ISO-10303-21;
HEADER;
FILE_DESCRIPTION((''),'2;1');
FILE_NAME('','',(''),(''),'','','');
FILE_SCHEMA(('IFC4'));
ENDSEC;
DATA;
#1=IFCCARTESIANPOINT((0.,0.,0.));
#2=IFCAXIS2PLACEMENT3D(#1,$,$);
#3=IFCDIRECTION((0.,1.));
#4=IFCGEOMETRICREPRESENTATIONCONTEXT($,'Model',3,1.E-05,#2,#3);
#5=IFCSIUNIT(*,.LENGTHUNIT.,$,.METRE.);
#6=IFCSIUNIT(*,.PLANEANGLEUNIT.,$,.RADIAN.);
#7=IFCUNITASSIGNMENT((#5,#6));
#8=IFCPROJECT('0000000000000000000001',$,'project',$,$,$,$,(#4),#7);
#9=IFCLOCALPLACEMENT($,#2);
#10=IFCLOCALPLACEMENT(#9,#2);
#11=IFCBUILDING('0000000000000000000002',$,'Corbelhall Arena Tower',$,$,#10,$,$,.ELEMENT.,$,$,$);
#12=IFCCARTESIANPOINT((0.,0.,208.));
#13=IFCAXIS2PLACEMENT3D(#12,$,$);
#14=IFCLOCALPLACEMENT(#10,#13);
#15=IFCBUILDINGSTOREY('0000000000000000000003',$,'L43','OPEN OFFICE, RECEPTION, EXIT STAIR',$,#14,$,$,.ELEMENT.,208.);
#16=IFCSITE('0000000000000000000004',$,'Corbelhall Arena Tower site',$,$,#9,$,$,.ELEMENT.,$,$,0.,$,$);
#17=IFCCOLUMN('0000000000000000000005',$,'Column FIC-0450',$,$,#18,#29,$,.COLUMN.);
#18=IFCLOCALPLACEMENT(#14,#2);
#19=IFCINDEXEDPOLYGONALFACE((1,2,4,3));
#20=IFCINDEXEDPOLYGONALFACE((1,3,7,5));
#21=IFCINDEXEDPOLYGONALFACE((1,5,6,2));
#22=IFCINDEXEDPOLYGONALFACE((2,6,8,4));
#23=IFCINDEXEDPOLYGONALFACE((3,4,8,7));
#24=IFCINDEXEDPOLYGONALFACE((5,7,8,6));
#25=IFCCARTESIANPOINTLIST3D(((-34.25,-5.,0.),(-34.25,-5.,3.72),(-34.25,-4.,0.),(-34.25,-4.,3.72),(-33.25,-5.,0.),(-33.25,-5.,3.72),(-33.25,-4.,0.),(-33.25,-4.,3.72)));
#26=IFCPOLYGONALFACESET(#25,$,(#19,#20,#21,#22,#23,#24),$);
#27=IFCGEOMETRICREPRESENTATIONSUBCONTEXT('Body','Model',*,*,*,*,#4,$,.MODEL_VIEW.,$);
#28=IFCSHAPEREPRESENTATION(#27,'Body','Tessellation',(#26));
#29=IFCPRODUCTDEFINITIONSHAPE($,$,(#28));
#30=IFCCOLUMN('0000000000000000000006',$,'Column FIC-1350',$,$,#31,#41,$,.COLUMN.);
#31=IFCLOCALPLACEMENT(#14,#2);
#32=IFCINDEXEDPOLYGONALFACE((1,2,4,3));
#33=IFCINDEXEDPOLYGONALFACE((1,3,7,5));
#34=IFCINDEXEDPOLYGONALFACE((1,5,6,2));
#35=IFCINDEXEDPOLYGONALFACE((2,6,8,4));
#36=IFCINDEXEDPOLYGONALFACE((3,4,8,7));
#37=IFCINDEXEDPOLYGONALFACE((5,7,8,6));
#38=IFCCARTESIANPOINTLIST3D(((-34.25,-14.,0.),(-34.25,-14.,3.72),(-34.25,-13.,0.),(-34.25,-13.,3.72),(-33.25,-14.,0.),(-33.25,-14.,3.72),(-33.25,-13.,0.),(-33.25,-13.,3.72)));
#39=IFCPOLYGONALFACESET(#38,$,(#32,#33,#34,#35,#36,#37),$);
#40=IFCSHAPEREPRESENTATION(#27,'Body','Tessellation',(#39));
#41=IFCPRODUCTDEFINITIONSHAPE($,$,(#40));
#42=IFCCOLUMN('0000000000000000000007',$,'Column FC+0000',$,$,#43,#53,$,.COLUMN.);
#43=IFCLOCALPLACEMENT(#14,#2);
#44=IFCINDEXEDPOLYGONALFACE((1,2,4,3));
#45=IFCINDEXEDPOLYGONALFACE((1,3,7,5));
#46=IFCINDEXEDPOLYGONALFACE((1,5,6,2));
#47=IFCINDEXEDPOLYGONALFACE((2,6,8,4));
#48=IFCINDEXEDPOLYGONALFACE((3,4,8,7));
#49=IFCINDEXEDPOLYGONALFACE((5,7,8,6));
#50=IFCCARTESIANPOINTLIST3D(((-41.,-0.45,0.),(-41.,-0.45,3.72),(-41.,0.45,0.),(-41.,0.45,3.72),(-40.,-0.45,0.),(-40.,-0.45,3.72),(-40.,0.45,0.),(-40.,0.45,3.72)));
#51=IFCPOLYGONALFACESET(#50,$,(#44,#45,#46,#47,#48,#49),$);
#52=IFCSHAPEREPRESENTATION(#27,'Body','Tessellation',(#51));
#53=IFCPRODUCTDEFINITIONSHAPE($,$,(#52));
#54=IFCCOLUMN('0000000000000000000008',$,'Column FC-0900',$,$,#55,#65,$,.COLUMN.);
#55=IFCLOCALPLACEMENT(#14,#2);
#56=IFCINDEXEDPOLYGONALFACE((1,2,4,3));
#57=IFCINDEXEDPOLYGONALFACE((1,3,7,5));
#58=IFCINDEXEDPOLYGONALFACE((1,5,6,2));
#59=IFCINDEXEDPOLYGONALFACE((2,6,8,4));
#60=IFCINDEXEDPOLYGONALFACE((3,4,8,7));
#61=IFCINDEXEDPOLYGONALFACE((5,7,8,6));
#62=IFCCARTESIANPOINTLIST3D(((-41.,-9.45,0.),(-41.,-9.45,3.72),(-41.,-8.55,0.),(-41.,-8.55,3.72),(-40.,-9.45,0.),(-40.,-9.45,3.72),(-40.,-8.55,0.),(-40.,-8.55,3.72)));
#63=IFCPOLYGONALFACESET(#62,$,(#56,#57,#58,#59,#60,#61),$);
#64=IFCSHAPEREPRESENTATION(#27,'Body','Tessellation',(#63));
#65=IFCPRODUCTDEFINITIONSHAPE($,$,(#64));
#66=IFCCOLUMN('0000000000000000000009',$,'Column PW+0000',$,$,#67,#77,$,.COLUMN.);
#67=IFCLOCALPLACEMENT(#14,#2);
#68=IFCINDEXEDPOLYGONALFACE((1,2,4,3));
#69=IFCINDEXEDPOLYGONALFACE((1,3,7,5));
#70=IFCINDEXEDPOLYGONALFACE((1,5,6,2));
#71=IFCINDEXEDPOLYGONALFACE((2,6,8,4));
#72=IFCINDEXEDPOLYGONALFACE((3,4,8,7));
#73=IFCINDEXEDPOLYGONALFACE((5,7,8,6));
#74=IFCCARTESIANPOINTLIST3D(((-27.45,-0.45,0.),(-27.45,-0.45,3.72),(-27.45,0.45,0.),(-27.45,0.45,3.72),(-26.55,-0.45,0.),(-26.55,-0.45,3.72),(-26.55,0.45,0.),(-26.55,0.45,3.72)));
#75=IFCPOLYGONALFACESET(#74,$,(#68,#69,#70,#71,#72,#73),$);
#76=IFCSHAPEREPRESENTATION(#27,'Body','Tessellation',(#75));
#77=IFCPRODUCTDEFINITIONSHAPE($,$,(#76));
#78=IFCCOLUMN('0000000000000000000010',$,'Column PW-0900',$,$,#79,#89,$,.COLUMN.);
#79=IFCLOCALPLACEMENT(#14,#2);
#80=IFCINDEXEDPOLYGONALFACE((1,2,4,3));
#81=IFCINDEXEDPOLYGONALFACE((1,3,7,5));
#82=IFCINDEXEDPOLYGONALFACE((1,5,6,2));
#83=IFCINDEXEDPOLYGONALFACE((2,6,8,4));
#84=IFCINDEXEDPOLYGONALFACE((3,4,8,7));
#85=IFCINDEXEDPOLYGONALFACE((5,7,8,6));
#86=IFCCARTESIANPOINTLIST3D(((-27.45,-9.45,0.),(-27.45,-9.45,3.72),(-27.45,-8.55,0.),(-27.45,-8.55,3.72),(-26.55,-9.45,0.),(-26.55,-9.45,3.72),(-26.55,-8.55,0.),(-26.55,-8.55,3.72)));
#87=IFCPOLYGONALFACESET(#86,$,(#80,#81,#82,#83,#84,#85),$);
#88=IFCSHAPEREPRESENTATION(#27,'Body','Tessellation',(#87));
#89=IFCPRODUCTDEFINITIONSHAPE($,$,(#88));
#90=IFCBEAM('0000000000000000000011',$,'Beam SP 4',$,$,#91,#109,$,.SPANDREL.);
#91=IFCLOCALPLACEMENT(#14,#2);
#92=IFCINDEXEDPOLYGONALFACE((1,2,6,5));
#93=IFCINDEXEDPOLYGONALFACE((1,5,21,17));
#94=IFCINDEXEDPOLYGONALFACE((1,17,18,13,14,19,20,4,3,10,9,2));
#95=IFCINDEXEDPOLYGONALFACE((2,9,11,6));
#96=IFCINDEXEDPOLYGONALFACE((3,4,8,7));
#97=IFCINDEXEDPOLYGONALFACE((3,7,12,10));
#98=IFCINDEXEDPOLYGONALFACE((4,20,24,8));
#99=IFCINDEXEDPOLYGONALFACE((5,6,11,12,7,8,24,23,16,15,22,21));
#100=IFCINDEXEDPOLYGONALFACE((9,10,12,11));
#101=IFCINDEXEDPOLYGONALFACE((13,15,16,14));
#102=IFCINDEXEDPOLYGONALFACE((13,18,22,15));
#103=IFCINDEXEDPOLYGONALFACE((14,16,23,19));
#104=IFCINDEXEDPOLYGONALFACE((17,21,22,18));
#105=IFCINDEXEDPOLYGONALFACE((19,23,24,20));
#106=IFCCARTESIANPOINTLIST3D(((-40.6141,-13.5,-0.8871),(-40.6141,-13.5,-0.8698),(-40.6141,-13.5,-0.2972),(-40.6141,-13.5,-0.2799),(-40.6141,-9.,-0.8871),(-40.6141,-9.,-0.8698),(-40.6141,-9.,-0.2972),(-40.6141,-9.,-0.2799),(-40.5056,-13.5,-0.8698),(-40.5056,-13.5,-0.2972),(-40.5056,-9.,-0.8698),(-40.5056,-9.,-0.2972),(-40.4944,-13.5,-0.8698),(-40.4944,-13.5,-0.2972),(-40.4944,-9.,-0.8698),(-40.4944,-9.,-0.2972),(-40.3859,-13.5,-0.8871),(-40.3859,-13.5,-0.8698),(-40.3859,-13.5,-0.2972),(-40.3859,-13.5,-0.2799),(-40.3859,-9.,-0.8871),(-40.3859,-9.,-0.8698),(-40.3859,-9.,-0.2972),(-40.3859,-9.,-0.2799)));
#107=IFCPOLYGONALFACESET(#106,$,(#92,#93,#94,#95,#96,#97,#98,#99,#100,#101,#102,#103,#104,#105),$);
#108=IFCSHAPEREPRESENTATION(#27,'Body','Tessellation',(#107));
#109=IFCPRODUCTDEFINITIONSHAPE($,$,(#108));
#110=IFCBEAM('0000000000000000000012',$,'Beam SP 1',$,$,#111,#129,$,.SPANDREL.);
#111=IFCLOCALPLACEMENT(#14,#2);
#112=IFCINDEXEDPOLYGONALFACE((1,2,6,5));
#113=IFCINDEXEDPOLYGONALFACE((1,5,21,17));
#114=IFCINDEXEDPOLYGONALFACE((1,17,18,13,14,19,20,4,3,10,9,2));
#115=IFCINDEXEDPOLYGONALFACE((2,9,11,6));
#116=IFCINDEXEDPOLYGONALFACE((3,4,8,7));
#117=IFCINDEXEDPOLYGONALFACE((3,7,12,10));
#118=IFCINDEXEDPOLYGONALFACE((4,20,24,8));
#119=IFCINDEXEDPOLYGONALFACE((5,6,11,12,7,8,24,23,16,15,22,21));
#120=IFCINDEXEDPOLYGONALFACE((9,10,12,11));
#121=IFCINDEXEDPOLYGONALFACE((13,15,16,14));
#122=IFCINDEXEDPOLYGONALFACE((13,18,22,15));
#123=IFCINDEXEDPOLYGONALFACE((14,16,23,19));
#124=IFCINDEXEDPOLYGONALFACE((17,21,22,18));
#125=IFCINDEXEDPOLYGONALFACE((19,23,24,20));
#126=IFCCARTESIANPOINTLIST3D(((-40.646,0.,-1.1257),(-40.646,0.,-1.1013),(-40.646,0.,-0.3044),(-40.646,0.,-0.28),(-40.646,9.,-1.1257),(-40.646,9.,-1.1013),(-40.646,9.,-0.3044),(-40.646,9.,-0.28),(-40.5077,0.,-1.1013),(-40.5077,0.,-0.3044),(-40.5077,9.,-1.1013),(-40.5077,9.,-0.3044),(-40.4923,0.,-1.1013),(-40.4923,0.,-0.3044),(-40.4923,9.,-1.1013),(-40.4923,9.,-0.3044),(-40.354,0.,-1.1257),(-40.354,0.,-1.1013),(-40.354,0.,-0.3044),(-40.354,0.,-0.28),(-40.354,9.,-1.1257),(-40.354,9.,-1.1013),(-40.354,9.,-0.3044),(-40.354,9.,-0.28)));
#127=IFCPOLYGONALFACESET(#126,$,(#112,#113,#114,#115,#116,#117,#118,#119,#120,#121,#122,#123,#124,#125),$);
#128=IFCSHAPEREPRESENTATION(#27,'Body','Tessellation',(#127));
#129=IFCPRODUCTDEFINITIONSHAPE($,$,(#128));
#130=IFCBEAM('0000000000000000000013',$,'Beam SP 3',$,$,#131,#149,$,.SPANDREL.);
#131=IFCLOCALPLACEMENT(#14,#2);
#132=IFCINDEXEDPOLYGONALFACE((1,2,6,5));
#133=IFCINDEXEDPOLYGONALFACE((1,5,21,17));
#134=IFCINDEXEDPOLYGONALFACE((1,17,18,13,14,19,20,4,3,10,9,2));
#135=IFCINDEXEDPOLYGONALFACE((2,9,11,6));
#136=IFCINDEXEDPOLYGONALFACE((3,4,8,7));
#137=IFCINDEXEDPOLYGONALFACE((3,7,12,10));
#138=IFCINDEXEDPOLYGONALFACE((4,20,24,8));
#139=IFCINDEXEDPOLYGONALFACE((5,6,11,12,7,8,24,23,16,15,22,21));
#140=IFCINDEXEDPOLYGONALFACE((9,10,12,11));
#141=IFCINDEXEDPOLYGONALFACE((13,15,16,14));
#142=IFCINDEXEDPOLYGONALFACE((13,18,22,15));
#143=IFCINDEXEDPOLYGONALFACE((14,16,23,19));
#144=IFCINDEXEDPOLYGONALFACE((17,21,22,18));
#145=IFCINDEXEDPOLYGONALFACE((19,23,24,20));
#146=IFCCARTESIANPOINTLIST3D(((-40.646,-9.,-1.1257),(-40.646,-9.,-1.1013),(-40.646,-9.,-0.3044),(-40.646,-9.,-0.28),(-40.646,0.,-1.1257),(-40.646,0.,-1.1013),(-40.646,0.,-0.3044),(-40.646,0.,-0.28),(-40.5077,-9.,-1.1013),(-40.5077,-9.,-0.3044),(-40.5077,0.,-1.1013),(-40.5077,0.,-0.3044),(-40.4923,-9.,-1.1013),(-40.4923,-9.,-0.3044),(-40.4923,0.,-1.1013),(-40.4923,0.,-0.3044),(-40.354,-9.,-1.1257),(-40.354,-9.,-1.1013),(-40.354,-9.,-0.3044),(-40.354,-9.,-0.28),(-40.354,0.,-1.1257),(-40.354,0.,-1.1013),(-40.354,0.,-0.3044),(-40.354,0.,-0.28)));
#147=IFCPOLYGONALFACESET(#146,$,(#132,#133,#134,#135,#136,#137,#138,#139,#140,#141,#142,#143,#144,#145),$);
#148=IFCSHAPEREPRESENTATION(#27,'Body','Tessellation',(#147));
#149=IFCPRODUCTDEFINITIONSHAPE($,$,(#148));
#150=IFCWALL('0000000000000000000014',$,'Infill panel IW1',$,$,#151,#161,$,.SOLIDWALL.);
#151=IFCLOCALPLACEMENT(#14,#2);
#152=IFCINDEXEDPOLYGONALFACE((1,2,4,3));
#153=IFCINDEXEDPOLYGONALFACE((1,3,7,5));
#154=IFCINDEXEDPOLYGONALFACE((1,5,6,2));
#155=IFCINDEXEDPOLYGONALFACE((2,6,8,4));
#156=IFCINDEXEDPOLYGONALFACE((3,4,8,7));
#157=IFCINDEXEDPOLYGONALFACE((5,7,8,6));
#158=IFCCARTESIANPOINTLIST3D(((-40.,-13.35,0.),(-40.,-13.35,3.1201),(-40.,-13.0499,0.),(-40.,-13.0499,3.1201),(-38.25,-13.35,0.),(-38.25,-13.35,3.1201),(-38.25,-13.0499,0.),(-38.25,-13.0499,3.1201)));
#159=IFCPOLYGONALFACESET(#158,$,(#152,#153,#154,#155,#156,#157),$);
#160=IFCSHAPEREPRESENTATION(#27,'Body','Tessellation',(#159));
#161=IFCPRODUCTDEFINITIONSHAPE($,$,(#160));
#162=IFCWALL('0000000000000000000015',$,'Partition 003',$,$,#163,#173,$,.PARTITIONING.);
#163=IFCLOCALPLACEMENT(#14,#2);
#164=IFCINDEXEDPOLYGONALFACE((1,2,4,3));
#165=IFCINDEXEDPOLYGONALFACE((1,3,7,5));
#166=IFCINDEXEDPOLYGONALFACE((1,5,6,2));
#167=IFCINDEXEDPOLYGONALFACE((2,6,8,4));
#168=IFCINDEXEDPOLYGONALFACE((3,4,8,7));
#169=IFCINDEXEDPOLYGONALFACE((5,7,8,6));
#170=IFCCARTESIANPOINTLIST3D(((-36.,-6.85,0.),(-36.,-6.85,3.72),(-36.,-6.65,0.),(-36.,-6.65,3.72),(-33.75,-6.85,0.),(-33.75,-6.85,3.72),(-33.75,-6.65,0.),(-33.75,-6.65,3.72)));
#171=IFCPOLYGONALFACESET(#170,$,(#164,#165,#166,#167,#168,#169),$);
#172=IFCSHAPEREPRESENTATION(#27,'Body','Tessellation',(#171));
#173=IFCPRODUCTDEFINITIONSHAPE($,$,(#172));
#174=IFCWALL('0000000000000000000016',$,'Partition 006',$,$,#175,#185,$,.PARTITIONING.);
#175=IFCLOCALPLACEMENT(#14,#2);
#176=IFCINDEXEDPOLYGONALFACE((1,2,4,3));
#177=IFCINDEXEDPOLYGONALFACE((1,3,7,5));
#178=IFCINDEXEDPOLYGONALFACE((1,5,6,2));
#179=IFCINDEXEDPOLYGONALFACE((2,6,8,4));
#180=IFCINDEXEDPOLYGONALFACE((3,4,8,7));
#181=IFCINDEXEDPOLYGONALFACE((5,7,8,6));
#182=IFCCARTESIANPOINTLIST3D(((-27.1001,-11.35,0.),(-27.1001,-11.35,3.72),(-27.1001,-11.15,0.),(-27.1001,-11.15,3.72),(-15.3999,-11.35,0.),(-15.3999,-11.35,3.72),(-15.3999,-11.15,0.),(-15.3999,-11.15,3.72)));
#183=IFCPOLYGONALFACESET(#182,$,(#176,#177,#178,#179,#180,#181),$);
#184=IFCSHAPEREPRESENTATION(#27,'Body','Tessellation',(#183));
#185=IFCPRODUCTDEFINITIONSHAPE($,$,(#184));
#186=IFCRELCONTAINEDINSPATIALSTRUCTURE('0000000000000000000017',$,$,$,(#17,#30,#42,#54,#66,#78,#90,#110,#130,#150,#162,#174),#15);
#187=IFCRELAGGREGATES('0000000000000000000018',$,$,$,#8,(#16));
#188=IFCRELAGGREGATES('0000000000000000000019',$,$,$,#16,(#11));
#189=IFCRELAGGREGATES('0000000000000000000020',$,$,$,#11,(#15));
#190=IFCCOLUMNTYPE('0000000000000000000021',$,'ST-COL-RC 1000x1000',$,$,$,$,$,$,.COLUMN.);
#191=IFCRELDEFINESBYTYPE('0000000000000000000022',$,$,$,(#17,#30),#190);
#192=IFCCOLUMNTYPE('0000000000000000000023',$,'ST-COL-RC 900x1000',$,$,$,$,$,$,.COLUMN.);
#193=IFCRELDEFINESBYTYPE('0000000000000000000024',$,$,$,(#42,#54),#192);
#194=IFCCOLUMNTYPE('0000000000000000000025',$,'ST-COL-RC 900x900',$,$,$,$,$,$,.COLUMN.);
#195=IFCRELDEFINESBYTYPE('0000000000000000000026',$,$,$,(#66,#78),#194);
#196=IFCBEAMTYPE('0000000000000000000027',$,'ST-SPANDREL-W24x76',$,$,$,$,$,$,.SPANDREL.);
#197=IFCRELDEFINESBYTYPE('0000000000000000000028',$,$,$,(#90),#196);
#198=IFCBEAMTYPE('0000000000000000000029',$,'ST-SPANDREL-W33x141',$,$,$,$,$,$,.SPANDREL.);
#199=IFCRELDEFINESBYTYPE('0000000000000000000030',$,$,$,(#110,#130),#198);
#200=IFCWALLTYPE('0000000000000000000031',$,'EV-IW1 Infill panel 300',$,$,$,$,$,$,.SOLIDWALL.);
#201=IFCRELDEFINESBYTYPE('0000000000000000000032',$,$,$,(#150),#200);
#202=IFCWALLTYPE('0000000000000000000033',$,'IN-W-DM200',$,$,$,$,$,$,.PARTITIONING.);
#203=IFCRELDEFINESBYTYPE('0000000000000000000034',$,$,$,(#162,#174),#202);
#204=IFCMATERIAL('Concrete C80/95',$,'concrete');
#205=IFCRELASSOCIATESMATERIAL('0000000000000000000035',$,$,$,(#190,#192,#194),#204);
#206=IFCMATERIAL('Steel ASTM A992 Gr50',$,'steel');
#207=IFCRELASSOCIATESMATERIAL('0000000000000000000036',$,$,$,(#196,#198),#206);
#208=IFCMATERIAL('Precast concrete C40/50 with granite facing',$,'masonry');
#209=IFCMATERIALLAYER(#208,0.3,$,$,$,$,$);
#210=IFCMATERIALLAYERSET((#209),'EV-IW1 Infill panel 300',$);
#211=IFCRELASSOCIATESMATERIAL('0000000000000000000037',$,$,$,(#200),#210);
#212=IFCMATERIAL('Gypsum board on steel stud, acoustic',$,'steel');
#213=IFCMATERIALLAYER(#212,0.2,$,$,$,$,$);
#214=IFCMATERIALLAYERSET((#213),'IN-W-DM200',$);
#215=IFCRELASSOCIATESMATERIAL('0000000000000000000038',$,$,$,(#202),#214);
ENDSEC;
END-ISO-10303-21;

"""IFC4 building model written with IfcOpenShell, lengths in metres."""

from ifc_helpers import new_model, si_unit, direction, frame, frame_2d, origin, origin_2d, place, context, subcontext, project, spatial, rectangle, i_section, extrude, material, layer, layer_set, material_profile, profile_set, type_object, element, save


model = new_model("IFC4")

# Units and contexts
model_context = context("Model", 3, precision=1e-05, world=origin(), true_north=direction((0.0, 1.0)))
body_context = subcontext(model_context, "Body", "Model", "MODEL_VIEW")
ifc_project = project(units=[si_unit("LENGTHUNIT", "METRE"), si_unit("PLANEANGLEUNIT", "RADIAN")], contexts=[model_context])

# Site, building, storey
site_placement = place(None, origin())
site = spatial("IfcSite", under=ifc_project, at=site_placement, Name="Corbelhall Arena Tower site", CompositionType="ELEMENT", RefElevation=0.0)
building_placement = place(site_placement, origin())
building = spatial("IfcBuilding", under=site, at=building_placement, Name="Corbelhall Arena Tower", CompositionType="ELEMENT")
storey_placement = place(building_placement, frame((0.0, 0.0, 208.0)))
storey = spatial("IfcBuildingStorey", under=building, at=storey_placement, Name="L43", Description="OPEN OFFICE, RECEPTION, EXIT STAIR", CompositionType="ELEMENT", Elevation=208.0)

# Columns
ifc_material_1 = material(Name="Concrete C80/95", Category="concrete")
ifc_material_profile_1 = material_profile(ifc_material_1, rectangle(XDim=1.0, YDim=1.0, at=origin_2d()))
ifc_profile_set_1 = profile_set([ifc_material_profile_1], Name="Concrete C80/95")
column_type_1 = type_object("IfcColumnType", Name="ST-COL-RC 1000x1000", PredefinedType="COLUMN", material=ifc_profile_set_1)
for number, where, z_axis, x_axis, name in (
    (1, (-33.75, -4.5, 0.0), (0.0, 0.0, 1.0), (1.0, 0.0, 0.0), "Column FIC-0450"),
    (2, (-33.75, -13.5, 0.0), (0.0, 0.0, 1.0), (1.0, 0.0, 0.0), "Column FIC-1350"),
):
    element("IfcColumn", number, at=place(storey_placement, frame(where, z_axis=z_axis, x_axis=x_axis)), inside=storey, type_object=column_type_1, Name=name, PredefinedType="COLUMN", context=body_context, shape_type="SweptSolid", body=[
        extrude(rectangle(XDim=1.0, YDim=1.0, at=origin_2d()), origin(), (0.0, 0.0, 1.0), 3.72),
    ])
ifc_material_profile_2 = material_profile(ifc_material_1, rectangle(XDim=0.8999, YDim=1.0, at=origin_2d()))
ifc_profile_set_2 = profile_set([ifc_material_profile_2], Name="Concrete C80/95")
column_type_2 = type_object("IfcColumnType", Name="ST-COL-RC 900x1000", PredefinedType="COLUMN", material=ifc_profile_set_2)
for number, where, z_axis, x_axis, name in (
    (3, (-40.5, 0.0, 0.0), (0.0, 0.0, 1.0), (0.0, 1.0, 0.0), "Column FC+0000"),
    (4, (-40.5, -9.0, 0.0), (0.0, 0.0, 1.0), (0.0, 1.0, 0.0), "Column FC-0900"),
):
    element("IfcColumn", number, at=place(storey_placement, frame(where, z_axis=z_axis, x_axis=x_axis)), inside=storey, type_object=column_type_2, Name=name, PredefinedType="COLUMN", context=body_context, shape_type="SweptSolid", body=[
        extrude(rectangle(XDim=0.8999, YDim=1.0, at=origin_2d()), origin(), (0.0, 0.0, 1.0), 3.72),
    ])
ifc_material_profile_3 = material_profile(ifc_material_1, rectangle(XDim=0.8999, YDim=0.8999, at=origin_2d()))
ifc_profile_set_3 = profile_set([ifc_material_profile_3], Name="Concrete C80/95")
column_type_3 = type_object("IfcColumnType", Name="ST-COL-RC 900x900", PredefinedType="COLUMN", material=ifc_profile_set_3)
for number, where, z_axis, x_axis, name in (
    (5, (-27.0, 0.0, 0.0), (0.0, 0.0, 1.0), (1.0, 0.0, 0.0), "Column PW+0000"),
    (6, (-27.0, -9.0, 0.0), (0.0, 0.0, 1.0), (1.0, 0.0, 0.0), "Column PW-0900"),
):
    element("IfcColumn", number, at=place(storey_placement, frame(where, z_axis=z_axis, x_axis=x_axis)), inside=storey, type_object=column_type_3, Name=name, PredefinedType="COLUMN", context=body_context, shape_type="SweptSolid", body=[
        extrude(rectangle(XDim=0.8999, YDim=0.8999, at=origin_2d()), origin(), (0.0, 0.0, 1.0), 3.72),
    ])

# Beams
ifc_material_2 = material(Name="Steel ASTM A992 Gr50", Category="steel")
ifc_material_profile_4 = material_profile(ifc_material_2, i_section(OverallWidth=0.2283, OverallDepth=0.6072, WebThickness=0.0112, FlangeThickness=0.0173, at=origin_2d()))
ifc_profile_set_4 = profile_set([ifc_material_profile_4], Name="Steel ASTM A992 Gr50")
beam_type_1 = type_object("IfcBeamType", Name="ST-SPANDREL-W24x76", PredefinedType="SPANDREL", material=ifc_profile_set_4)
beam_placement = place(storey_placement, frame((-40.5, -13.5, -0.5835), z_axis=(0.0, 1.0, 0.0), x_axis=(-1.0, 0.0, 0.0)))
element("IfcBeam", 7, at=beam_placement, inside=storey, type_object=beam_type_1, Name="Beam SP 4", PredefinedType="SPANDREL", context=body_context, shape_type="SweptSolid", body=[
    extrude(i_section(OverallWidth=0.2283, OverallDepth=0.6072, WebThickness=0.0112, FlangeThickness=0.0173, at=origin_2d()), origin(), (0.0, 0.0, 1.0), 4.5),
])
ifc_material_profile_5 = material_profile(ifc_material_2, i_section(OverallWidth=0.292, OverallDepth=0.8457, WebThickness=0.0154, FlangeThickness=0.0244, at=origin_2d()))
ifc_profile_set_5 = profile_set([ifc_material_profile_5], Name="Steel ASTM A992 Gr50")
beam_type_2 = type_object("IfcBeamType", Name="ST-SPANDREL-W33x141", PredefinedType="SPANDREL", material=ifc_profile_set_5)
for number, where, z_axis, x_axis, name in (
    (8, (-40.5, 0.0, -0.7029), (0.0, 1.0, 0.0), (-1.0, 0.0, 0.0), "Beam SP 1"),
    (9, (-40.5, -9.0, -0.7029), (0.0, 1.0, 0.0), (-1.0, 0.0, 0.0), "Beam SP 3"),
):
    element("IfcBeam", number, at=place(storey_placement, frame(where, z_axis=z_axis, x_axis=x_axis)), inside=storey, type_object=beam_type_2, Name=name, PredefinedType="SPANDREL", context=body_context, shape_type="SweptSolid", body=[
        extrude(i_section(OverallWidth=0.292, OverallDepth=0.8457, WebThickness=0.0154, FlangeThickness=0.0244, at=origin_2d()), origin(), (0.0, 0.0, 1.0), 9.0),
    ])

# Wall
ifc_material_3 = material(Name="Precast concrete C40/50 with granite facing", Category="masonry")
ifc_layer_1 = layer(ifc_material_3, 0.3)
ifc_layer_set_1 = layer_set([ifc_layer_1], Name="EV-IW1 Infill panel 300")
wall_type_1 = type_object("IfcWallType", Name="EV-IW1 Infill panel 300", PredefinedType="SOLIDWALL", material=ifc_layer_set_1)
wall_1_placement = place(storey_placement, frame((-40.0, -13.2, 0.0), z_axis=(0.0, 0.0, 1.0), x_axis=(1.0, 0.0, 0.0)))
element("IfcWall", 10, at=wall_1_placement, inside=storey, type_object=wall_type_1, Name="Infill panel IW1", PredefinedType="SOLIDWALL", context=body_context, shape_type="SweptSolid", body=[
    extrude(rectangle(XDim=1.75, YDim=0.3, at=frame_2d((0.875, 0.0))), origin(), (0.0, 0.0, 1.0), 3.1201),
])

# Walls
ifc_material_4 = material(Name="Gypsum board on steel stud, acoustic", Category="steel")
ifc_layer_2 = layer(ifc_material_4, 0.2)
ifc_layer_set_2 = layer_set([ifc_layer_2], Name="IN-W-DM200")
wall_type_2 = type_object("IfcWallType", Name="IN-W-DM200", PredefinedType="PARTITIONING", material=ifc_layer_set_2)
wall_2_placement = place(storey_placement, frame((-33.75, -6.75, 0.0), z_axis=(0.0, 0.0, 1.0), x_axis=(-1.0, 0.0, 0.0)))
element("IfcWall", 11, at=wall_2_placement, inside=storey, type_object=wall_type_2, Name="Partition 003", PredefinedType="PARTITIONING", context=body_context, shape_type="SweptSolid", body=[
    extrude(rectangle(XDim=2.25, YDim=0.2, at=frame_2d((1.125, 0.0))), origin(), (0.0, 0.0, 1.0), 3.72),
])
for number, where, z_axis, x_axis, name in (
    (12, (-27.1001, -11.25, 0.0), (0.0, 0.0, 1.0), (1.0, 0.0, 0.0), "Partition 006"),
):
    element("IfcWall", number, at=place(storey_placement, frame(where, z_axis=z_axis, x_axis=x_axis)), inside=storey, type_object=wall_type_2, Name=name, PredefinedType="PARTITIONING", context=body_context, shape_type="SweptSolid", body=[
        extrude(rectangle(XDim=11.7002, YDim=0.2, at=frame_2d((5.8501, 0.0))), origin(), (0.0, 0.0, 1.0), 3.72),
    ])

save(model, "model.ifc")
